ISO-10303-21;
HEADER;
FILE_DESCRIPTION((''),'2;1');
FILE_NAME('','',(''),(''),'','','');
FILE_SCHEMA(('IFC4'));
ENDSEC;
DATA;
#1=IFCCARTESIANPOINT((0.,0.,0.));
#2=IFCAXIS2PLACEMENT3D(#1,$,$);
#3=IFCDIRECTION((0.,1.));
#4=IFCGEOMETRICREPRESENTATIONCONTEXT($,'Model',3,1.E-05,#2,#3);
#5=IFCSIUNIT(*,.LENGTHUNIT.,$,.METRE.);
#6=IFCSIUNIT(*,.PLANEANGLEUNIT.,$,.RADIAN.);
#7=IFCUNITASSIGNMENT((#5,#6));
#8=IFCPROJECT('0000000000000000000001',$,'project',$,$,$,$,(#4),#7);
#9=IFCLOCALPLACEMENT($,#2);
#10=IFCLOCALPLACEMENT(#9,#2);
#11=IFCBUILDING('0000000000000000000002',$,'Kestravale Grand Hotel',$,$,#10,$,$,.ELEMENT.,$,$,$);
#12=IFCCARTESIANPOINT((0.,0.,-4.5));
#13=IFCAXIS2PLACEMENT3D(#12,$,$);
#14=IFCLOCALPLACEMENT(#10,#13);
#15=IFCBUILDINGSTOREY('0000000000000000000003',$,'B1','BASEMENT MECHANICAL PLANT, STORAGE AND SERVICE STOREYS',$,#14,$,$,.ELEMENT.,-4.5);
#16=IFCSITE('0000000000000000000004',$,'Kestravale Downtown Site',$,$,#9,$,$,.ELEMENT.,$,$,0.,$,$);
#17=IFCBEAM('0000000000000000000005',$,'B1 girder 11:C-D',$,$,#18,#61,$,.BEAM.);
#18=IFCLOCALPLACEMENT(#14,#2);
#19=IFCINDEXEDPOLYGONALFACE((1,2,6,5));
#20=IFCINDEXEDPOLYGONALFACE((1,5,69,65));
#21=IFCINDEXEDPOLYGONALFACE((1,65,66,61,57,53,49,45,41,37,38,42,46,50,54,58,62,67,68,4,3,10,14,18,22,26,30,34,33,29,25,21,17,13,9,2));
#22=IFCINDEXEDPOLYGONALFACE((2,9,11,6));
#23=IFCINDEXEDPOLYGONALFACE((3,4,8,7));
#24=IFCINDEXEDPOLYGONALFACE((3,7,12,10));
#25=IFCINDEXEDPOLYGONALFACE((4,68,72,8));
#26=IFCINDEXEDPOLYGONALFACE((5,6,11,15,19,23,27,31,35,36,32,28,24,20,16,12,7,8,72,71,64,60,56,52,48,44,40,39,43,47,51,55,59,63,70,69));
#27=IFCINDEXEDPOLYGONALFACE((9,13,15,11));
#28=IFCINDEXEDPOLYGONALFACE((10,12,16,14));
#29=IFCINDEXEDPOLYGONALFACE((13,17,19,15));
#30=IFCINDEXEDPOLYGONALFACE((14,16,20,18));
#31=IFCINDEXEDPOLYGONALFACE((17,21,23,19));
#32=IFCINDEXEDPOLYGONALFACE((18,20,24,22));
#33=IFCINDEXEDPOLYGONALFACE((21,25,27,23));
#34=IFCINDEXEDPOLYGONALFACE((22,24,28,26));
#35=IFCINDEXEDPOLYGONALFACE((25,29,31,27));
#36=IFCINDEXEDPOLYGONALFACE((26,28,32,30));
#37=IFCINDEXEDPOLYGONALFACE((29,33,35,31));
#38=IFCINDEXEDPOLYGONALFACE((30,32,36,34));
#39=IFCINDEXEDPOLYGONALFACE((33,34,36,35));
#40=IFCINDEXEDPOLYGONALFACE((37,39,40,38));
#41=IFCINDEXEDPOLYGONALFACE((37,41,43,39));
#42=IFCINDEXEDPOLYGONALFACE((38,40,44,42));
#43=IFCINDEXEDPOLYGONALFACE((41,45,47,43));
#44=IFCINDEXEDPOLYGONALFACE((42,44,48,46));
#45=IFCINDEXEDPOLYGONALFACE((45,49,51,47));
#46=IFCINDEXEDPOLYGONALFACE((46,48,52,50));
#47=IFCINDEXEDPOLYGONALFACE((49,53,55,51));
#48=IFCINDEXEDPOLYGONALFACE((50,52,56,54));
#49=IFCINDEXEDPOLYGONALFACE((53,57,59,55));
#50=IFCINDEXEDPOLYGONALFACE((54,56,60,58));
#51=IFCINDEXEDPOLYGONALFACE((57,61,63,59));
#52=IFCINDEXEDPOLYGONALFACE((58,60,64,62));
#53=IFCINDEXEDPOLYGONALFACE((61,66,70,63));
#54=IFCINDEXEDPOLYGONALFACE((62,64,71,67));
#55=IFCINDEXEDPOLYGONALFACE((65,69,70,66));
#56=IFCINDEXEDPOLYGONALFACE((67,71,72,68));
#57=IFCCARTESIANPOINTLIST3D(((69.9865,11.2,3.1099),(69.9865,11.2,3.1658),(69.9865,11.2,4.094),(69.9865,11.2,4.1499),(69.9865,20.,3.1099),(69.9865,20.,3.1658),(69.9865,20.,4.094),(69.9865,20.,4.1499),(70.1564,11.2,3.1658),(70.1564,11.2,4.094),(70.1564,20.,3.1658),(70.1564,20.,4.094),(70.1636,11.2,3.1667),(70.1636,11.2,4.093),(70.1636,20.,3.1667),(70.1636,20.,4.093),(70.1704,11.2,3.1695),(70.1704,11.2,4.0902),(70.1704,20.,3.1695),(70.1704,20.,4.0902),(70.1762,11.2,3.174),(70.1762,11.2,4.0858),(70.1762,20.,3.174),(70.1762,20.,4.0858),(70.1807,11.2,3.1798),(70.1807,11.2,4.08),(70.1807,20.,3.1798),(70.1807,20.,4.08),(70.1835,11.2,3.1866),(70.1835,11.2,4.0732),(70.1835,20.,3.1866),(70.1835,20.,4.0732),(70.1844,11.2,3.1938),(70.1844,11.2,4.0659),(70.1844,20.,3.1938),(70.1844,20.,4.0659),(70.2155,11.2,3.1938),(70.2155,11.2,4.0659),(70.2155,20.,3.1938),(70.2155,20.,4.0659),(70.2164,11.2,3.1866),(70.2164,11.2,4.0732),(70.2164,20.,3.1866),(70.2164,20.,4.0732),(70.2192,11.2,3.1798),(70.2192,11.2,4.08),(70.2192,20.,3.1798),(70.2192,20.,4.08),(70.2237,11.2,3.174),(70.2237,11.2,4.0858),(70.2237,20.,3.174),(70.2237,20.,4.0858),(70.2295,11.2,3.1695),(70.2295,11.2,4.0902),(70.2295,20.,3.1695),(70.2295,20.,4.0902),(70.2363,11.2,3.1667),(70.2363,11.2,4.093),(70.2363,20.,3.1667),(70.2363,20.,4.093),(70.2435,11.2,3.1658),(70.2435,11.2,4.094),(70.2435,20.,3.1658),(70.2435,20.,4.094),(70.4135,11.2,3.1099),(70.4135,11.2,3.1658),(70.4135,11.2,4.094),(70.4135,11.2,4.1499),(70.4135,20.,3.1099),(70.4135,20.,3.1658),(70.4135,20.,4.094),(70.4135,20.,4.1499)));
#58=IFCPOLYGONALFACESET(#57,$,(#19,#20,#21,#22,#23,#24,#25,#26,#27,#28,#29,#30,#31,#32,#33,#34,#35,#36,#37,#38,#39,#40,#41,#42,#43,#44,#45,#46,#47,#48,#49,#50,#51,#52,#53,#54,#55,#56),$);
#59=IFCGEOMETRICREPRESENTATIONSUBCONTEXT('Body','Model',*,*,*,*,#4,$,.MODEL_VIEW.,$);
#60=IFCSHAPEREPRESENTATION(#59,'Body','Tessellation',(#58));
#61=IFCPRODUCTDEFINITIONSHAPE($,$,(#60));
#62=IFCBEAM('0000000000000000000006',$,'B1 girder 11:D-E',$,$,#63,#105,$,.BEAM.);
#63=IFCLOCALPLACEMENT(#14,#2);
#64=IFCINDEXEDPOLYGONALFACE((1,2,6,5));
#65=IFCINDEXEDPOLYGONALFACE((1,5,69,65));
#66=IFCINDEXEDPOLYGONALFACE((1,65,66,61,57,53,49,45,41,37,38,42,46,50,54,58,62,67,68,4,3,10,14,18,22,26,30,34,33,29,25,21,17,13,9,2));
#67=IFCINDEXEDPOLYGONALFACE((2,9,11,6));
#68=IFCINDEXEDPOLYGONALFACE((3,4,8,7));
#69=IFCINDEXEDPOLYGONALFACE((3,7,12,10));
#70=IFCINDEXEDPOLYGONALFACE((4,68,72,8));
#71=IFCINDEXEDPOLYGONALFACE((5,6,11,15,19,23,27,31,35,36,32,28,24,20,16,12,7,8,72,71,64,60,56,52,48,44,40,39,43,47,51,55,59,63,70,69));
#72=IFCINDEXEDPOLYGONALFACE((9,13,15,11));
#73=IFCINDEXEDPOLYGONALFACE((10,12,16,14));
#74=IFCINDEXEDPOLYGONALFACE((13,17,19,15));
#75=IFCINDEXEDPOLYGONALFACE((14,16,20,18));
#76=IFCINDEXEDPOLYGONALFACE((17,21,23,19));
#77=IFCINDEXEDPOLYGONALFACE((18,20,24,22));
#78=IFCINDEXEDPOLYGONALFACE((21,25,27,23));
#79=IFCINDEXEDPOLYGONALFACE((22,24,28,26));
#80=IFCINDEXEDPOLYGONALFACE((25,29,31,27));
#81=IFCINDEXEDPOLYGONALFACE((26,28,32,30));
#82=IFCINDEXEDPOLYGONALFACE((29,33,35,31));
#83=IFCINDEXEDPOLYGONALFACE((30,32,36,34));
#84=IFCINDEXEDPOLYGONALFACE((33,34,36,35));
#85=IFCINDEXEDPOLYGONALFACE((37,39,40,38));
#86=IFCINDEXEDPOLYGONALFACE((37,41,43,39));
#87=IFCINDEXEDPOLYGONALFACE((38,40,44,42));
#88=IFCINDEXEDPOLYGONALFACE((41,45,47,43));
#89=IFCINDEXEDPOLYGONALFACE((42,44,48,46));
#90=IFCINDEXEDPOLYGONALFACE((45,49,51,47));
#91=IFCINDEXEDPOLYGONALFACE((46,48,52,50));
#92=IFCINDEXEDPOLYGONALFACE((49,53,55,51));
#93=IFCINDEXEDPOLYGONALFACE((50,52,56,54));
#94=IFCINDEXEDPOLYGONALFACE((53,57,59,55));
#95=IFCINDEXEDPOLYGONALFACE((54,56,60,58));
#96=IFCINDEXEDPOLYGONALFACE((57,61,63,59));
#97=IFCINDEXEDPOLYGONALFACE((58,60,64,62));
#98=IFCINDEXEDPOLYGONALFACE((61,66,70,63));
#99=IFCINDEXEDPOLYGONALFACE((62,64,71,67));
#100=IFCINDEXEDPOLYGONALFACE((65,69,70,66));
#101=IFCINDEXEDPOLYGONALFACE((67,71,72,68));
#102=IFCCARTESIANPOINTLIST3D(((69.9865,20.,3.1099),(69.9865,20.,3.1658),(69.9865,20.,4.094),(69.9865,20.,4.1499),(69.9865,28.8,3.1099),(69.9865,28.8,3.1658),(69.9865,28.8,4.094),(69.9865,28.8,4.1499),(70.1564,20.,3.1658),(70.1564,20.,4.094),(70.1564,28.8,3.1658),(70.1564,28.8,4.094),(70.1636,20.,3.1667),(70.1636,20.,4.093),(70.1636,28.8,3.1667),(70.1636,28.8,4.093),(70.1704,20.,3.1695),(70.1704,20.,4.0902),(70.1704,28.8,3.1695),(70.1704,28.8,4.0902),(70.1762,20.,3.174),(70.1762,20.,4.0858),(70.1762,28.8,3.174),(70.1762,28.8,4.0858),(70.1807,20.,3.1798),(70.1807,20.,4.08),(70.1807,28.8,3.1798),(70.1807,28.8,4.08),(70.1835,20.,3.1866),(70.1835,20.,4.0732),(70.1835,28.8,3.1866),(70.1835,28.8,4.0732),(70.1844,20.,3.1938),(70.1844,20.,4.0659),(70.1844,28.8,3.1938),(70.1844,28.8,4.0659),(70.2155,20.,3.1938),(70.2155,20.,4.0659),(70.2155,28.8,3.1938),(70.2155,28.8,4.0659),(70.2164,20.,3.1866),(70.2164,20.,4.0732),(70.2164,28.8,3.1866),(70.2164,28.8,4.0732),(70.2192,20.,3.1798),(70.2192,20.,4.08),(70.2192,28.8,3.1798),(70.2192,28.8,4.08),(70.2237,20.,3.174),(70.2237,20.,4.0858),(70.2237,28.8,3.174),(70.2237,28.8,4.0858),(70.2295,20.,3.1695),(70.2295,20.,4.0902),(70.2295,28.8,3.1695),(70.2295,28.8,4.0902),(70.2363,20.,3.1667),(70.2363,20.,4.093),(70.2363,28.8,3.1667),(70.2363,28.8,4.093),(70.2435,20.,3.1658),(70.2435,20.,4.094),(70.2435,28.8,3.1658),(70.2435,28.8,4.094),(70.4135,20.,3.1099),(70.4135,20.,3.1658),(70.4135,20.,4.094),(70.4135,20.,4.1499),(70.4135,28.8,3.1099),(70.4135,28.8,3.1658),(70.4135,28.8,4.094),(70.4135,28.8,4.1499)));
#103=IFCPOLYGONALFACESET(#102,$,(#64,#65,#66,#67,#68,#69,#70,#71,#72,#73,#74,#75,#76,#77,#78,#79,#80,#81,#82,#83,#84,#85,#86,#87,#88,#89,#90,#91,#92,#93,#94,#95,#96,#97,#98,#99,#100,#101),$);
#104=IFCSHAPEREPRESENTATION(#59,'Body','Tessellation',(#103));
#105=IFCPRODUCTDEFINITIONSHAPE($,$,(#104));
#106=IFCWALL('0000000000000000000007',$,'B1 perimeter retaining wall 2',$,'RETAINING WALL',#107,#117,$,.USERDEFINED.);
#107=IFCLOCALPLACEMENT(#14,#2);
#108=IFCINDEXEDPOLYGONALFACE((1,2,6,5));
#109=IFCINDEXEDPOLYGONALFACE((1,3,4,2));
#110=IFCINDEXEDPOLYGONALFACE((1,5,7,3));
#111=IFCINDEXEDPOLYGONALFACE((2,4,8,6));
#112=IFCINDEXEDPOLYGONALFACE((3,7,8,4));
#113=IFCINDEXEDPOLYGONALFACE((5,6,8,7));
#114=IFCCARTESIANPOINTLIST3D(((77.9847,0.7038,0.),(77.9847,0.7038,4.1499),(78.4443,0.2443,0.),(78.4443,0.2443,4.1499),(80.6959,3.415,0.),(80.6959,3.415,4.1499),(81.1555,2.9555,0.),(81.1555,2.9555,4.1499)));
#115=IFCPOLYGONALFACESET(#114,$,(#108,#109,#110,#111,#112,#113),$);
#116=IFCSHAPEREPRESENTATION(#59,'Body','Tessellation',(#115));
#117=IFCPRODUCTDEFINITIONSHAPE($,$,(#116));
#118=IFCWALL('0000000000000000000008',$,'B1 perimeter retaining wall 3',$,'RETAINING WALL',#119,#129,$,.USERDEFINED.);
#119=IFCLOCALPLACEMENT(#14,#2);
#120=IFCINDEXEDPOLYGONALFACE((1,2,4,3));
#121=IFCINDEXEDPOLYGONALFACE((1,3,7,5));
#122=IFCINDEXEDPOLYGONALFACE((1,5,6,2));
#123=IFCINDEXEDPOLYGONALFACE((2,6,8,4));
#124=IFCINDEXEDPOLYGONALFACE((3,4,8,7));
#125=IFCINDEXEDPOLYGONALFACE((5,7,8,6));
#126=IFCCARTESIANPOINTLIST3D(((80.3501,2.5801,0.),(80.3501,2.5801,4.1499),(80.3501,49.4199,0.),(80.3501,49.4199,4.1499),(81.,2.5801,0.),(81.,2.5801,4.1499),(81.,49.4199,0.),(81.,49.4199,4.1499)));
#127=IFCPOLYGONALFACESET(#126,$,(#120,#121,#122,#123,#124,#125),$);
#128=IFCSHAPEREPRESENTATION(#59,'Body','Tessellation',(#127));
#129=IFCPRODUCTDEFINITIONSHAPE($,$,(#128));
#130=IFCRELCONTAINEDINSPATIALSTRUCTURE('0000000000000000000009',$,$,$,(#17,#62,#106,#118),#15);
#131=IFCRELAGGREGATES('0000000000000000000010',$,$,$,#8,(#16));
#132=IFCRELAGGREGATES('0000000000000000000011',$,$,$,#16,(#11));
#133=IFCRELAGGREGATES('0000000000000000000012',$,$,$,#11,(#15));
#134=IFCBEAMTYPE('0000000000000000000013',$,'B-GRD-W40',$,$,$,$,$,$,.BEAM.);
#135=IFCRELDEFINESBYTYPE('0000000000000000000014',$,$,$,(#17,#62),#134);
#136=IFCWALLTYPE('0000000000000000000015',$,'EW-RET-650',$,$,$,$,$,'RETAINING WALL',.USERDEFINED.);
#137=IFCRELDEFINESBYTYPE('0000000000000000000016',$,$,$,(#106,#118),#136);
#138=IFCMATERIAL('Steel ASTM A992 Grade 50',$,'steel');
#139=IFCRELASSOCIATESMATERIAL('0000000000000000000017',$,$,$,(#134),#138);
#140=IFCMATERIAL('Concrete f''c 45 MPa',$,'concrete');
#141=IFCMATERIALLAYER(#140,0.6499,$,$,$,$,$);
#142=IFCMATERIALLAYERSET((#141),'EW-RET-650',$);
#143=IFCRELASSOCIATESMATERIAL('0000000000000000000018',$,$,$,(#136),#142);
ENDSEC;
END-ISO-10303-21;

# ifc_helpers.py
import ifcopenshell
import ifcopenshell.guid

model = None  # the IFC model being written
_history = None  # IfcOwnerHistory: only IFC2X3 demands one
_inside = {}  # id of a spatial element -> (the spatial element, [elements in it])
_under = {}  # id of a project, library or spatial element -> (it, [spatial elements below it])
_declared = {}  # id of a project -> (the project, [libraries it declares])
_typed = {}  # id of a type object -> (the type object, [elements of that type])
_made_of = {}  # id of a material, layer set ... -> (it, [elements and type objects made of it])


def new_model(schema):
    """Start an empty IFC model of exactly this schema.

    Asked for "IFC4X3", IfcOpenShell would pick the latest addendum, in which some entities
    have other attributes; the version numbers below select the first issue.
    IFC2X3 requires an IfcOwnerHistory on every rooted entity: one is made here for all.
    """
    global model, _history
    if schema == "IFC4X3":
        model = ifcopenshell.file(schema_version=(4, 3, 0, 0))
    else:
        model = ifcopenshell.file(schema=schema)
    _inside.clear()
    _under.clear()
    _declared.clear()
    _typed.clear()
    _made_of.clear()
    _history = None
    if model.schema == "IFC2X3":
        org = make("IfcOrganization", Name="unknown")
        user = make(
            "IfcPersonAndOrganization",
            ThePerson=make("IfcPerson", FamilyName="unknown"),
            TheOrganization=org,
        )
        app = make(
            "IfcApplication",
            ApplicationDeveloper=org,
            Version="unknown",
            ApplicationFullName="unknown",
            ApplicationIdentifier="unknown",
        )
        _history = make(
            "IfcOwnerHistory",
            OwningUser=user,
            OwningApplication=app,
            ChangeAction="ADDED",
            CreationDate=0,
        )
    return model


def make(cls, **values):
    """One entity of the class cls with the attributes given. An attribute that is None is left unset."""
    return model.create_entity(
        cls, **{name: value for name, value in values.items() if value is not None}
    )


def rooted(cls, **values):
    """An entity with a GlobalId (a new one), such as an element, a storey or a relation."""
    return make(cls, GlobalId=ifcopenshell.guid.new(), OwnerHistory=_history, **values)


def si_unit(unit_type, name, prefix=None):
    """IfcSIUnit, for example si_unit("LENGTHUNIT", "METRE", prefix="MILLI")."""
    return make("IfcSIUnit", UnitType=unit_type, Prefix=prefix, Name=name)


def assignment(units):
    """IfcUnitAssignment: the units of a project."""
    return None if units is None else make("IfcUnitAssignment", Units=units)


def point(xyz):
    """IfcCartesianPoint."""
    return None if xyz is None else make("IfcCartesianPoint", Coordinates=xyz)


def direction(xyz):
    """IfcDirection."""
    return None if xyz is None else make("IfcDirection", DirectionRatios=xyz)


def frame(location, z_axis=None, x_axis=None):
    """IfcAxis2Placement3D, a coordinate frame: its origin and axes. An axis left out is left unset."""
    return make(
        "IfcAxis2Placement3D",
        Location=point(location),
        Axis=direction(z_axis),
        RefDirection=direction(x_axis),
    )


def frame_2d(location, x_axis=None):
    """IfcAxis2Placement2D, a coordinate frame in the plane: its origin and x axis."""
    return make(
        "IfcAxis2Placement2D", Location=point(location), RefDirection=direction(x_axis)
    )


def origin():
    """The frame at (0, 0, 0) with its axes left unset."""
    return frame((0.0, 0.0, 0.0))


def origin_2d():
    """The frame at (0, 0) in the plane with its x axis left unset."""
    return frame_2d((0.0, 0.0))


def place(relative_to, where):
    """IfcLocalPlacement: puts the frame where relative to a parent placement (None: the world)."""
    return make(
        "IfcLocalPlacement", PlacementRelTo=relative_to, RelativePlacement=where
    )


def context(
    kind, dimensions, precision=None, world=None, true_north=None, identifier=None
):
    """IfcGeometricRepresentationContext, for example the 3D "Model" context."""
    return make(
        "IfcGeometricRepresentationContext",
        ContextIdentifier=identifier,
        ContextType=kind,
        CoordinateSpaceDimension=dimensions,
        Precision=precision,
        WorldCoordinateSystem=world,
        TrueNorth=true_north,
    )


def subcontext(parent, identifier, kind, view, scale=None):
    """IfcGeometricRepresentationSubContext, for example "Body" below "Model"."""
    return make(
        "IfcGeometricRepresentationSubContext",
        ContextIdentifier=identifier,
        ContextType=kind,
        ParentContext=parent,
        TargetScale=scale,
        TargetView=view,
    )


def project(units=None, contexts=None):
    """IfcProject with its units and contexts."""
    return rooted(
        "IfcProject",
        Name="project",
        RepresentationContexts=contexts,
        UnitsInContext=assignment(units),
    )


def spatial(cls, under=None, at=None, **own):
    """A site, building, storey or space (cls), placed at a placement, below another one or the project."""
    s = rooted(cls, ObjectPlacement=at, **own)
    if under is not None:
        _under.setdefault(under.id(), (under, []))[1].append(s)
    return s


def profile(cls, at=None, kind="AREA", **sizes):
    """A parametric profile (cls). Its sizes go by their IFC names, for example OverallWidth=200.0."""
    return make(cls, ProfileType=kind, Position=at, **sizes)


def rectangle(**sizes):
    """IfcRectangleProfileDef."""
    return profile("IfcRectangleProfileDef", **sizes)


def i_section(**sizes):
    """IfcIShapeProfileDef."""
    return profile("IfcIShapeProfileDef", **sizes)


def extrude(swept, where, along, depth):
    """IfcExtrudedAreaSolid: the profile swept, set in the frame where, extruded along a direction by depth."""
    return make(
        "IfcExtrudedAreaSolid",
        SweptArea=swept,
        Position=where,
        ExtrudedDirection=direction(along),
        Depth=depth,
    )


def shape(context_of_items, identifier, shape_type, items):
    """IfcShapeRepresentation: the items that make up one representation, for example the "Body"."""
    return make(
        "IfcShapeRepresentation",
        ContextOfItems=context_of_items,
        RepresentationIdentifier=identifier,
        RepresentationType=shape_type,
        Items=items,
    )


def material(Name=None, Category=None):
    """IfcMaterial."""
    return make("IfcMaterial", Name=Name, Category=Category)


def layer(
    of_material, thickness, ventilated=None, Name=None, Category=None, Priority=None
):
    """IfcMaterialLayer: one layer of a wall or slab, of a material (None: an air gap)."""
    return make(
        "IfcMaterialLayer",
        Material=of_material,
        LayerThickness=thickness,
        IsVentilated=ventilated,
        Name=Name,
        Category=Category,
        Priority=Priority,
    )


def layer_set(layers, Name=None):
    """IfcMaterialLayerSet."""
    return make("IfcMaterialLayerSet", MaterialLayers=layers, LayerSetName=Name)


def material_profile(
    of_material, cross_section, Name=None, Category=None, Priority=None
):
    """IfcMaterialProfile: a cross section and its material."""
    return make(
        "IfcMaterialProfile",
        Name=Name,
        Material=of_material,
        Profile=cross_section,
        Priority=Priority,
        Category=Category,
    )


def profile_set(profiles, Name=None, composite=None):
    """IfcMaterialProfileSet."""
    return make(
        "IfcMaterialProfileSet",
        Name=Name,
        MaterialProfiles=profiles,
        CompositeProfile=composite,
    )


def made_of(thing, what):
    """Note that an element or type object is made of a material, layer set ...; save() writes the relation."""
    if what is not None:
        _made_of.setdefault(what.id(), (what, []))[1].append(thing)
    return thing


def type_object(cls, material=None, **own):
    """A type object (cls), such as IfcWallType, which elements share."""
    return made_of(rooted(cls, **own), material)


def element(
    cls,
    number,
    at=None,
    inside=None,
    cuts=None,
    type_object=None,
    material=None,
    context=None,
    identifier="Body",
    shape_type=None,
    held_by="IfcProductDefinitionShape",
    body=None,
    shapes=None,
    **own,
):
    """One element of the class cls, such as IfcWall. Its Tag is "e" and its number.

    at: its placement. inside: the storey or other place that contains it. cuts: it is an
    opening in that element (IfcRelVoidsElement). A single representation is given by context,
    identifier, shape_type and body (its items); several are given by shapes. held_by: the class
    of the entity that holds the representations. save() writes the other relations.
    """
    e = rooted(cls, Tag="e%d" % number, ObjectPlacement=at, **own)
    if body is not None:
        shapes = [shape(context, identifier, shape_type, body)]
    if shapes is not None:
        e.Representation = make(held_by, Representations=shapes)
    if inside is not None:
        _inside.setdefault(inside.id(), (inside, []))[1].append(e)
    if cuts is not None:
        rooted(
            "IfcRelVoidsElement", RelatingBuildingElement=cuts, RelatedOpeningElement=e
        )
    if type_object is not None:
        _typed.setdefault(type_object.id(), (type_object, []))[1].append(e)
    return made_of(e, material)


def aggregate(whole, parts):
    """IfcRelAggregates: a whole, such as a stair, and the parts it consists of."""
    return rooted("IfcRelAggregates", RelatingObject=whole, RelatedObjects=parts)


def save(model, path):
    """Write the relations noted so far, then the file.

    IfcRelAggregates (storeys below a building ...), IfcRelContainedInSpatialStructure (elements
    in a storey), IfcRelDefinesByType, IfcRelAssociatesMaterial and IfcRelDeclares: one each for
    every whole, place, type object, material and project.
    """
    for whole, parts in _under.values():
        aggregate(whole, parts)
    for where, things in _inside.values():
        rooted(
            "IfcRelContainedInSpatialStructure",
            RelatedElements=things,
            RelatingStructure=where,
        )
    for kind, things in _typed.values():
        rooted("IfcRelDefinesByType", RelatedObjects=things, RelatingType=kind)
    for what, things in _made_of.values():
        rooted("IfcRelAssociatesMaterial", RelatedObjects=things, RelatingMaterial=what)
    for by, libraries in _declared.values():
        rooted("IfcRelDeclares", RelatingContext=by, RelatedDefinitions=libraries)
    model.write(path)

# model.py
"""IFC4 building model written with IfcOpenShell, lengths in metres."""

from ifc_helpers import new_model, si_unit, direction, frame, frame_2d, origin, origin_2d, place, context, subcontext, project, spatial, rectangle, i_section, extrude, material, layer, layer_set, material_profile, profile_set, type_object, element, save


model = new_model("IFC4")

# Units and contexts
model_context = context("Model", 3, precision=1e-05, world=origin(), true_north=direction((0.0, 1.0)))
body_context = subcontext(model_context, "Body", "Model", "MODEL_VIEW")
ifc_project = project(units=[si_unit("LENGTHUNIT", "METRE"), si_unit("PLANEANGLEUNIT", "RADIAN")], contexts=[model_context])

# Site, building, storey
site_placement = place(None, origin())
site = spatial("IfcSite", under=ifc_project, at=site_placement, Name="Kestravale Downtown Site", CompositionType="ELEMENT", RefElevation=0.0)
building_placement = place(site_placement, origin())
building = spatial("IfcBuilding", under=site, at=building_placement, Name="Kestravale Grand Hotel", CompositionType="ELEMENT")
storey_placement = place(building_placement, frame((0.0, 0.0, -4.5)))
storey = spatial("IfcBuildingStorey", under=building, at=storey_placement, Name="B1", Description="BASEMENT MECHANICAL PLANT, STORAGE AND SERVICE STOREYS", CompositionType="ELEMENT", Elevation=-4.5)

# Beams
ifc_material_1 = material(Name="Steel ASTM A992 Grade 50", Category="steel")
ifc_material_profile_1 = material_profile(ifc_material_1, i_section(OverallWidth=0.427, OverallDepth=1.04, WebThickness=0.031, FlangeThickness=0.0559, FilletRadius=0.0281, at=origin_2d()))
ifc_profile_set_1 = profile_set([ifc_material_profile_1], Name="Steel ASTM A992 Grade 50")
beam_type_1 = type_object("IfcBeamType", Name="B-GRD-W40", PredefinedType="BEAM", material=ifc_profile_set_1)
for number, where, z_axis, x_axis, name in (
    (1, (70.2, 11.2, 3.6299), (0.0, 1.0, 0.0), (-1.0, 0.0, 0.0), "B1 girder 11:C-D"),
    (2, (70.2, 20.0, 3.6299), (0.0, 1.0, 0.0), (-1.0, 0.0, 0.0), "B1 girder 11:D-E"),
):
    element("IfcBeam", number, at=place(storey_placement, frame(where, z_axis=z_axis, x_axis=x_axis)), inside=storey, type_object=beam_type_1, Name=name, PredefinedType="BEAM", context=body_context, shape_type="SweptSolid", body=[
        extrude(i_section(OverallWidth=0.427, OverallDepth=1.04, WebThickness=0.031, FlangeThickness=0.0559, FilletRadius=0.0281, at=origin_2d()), origin(), (0.0, 0.0, 1.0), 8.8),
    ])

# Walls
ifc_material_2 = material(Name="Concrete f'c 45 MPa", Category="concrete")
ifc_layer = layer(ifc_material_2, 0.6499)
ifc_layer_set = layer_set([ifc_layer], Name="EW-RET-650")
wall_type = type_object("IfcWallType", Name="EW-RET-650", ElementType="RETAINING WALL", PredefinedType="USERDEFINED", material=ifc_layer_set)
wall_1_placement = place(storey_placement, frame((78.2146, 0.4741, 0.0), z_axis=(0.0, 0.0, 1.0), x_axis=(0.707107, 0.707107, 0.0)))
element("IfcWall", 3, at=wall_1_placement, inside=storey, type_object=wall_type, Name="B1 perimeter retaining wall 2", ObjectType="RETAINING WALL", PredefinedType="USERDEFINED", context=body_context, shape_type="SweptSolid", body=[
    extrude(rectangle(XDim=3.8342, YDim=0.6499, at=frame_2d((1.917, 0.0))), origin(), (0.0, 0.0, 1.0), 4.1499),
])
wall_2_placement = place(storey_placement, frame((80.675, 2.5801, 0.0), z_axis=(0.0, 0.0, 1.0), x_axis=(0.0, 1.0, 0.0)))
element("IfcWall", 4, at=wall_2_placement, inside=storey, type_object=wall_type, Name="B1 perimeter retaining wall 3", ObjectType="RETAINING WALL", PredefinedType="USERDEFINED", context=body_context, shape_type="SweptSolid", body=[
    extrude(rectangle(XDim=46.8398, YDim=0.6499, at=frame_2d((23.4199, 0.0))), origin(), (0.0, 0.0, 1.0), 4.1499),
])

save(model, "model.ifc")
